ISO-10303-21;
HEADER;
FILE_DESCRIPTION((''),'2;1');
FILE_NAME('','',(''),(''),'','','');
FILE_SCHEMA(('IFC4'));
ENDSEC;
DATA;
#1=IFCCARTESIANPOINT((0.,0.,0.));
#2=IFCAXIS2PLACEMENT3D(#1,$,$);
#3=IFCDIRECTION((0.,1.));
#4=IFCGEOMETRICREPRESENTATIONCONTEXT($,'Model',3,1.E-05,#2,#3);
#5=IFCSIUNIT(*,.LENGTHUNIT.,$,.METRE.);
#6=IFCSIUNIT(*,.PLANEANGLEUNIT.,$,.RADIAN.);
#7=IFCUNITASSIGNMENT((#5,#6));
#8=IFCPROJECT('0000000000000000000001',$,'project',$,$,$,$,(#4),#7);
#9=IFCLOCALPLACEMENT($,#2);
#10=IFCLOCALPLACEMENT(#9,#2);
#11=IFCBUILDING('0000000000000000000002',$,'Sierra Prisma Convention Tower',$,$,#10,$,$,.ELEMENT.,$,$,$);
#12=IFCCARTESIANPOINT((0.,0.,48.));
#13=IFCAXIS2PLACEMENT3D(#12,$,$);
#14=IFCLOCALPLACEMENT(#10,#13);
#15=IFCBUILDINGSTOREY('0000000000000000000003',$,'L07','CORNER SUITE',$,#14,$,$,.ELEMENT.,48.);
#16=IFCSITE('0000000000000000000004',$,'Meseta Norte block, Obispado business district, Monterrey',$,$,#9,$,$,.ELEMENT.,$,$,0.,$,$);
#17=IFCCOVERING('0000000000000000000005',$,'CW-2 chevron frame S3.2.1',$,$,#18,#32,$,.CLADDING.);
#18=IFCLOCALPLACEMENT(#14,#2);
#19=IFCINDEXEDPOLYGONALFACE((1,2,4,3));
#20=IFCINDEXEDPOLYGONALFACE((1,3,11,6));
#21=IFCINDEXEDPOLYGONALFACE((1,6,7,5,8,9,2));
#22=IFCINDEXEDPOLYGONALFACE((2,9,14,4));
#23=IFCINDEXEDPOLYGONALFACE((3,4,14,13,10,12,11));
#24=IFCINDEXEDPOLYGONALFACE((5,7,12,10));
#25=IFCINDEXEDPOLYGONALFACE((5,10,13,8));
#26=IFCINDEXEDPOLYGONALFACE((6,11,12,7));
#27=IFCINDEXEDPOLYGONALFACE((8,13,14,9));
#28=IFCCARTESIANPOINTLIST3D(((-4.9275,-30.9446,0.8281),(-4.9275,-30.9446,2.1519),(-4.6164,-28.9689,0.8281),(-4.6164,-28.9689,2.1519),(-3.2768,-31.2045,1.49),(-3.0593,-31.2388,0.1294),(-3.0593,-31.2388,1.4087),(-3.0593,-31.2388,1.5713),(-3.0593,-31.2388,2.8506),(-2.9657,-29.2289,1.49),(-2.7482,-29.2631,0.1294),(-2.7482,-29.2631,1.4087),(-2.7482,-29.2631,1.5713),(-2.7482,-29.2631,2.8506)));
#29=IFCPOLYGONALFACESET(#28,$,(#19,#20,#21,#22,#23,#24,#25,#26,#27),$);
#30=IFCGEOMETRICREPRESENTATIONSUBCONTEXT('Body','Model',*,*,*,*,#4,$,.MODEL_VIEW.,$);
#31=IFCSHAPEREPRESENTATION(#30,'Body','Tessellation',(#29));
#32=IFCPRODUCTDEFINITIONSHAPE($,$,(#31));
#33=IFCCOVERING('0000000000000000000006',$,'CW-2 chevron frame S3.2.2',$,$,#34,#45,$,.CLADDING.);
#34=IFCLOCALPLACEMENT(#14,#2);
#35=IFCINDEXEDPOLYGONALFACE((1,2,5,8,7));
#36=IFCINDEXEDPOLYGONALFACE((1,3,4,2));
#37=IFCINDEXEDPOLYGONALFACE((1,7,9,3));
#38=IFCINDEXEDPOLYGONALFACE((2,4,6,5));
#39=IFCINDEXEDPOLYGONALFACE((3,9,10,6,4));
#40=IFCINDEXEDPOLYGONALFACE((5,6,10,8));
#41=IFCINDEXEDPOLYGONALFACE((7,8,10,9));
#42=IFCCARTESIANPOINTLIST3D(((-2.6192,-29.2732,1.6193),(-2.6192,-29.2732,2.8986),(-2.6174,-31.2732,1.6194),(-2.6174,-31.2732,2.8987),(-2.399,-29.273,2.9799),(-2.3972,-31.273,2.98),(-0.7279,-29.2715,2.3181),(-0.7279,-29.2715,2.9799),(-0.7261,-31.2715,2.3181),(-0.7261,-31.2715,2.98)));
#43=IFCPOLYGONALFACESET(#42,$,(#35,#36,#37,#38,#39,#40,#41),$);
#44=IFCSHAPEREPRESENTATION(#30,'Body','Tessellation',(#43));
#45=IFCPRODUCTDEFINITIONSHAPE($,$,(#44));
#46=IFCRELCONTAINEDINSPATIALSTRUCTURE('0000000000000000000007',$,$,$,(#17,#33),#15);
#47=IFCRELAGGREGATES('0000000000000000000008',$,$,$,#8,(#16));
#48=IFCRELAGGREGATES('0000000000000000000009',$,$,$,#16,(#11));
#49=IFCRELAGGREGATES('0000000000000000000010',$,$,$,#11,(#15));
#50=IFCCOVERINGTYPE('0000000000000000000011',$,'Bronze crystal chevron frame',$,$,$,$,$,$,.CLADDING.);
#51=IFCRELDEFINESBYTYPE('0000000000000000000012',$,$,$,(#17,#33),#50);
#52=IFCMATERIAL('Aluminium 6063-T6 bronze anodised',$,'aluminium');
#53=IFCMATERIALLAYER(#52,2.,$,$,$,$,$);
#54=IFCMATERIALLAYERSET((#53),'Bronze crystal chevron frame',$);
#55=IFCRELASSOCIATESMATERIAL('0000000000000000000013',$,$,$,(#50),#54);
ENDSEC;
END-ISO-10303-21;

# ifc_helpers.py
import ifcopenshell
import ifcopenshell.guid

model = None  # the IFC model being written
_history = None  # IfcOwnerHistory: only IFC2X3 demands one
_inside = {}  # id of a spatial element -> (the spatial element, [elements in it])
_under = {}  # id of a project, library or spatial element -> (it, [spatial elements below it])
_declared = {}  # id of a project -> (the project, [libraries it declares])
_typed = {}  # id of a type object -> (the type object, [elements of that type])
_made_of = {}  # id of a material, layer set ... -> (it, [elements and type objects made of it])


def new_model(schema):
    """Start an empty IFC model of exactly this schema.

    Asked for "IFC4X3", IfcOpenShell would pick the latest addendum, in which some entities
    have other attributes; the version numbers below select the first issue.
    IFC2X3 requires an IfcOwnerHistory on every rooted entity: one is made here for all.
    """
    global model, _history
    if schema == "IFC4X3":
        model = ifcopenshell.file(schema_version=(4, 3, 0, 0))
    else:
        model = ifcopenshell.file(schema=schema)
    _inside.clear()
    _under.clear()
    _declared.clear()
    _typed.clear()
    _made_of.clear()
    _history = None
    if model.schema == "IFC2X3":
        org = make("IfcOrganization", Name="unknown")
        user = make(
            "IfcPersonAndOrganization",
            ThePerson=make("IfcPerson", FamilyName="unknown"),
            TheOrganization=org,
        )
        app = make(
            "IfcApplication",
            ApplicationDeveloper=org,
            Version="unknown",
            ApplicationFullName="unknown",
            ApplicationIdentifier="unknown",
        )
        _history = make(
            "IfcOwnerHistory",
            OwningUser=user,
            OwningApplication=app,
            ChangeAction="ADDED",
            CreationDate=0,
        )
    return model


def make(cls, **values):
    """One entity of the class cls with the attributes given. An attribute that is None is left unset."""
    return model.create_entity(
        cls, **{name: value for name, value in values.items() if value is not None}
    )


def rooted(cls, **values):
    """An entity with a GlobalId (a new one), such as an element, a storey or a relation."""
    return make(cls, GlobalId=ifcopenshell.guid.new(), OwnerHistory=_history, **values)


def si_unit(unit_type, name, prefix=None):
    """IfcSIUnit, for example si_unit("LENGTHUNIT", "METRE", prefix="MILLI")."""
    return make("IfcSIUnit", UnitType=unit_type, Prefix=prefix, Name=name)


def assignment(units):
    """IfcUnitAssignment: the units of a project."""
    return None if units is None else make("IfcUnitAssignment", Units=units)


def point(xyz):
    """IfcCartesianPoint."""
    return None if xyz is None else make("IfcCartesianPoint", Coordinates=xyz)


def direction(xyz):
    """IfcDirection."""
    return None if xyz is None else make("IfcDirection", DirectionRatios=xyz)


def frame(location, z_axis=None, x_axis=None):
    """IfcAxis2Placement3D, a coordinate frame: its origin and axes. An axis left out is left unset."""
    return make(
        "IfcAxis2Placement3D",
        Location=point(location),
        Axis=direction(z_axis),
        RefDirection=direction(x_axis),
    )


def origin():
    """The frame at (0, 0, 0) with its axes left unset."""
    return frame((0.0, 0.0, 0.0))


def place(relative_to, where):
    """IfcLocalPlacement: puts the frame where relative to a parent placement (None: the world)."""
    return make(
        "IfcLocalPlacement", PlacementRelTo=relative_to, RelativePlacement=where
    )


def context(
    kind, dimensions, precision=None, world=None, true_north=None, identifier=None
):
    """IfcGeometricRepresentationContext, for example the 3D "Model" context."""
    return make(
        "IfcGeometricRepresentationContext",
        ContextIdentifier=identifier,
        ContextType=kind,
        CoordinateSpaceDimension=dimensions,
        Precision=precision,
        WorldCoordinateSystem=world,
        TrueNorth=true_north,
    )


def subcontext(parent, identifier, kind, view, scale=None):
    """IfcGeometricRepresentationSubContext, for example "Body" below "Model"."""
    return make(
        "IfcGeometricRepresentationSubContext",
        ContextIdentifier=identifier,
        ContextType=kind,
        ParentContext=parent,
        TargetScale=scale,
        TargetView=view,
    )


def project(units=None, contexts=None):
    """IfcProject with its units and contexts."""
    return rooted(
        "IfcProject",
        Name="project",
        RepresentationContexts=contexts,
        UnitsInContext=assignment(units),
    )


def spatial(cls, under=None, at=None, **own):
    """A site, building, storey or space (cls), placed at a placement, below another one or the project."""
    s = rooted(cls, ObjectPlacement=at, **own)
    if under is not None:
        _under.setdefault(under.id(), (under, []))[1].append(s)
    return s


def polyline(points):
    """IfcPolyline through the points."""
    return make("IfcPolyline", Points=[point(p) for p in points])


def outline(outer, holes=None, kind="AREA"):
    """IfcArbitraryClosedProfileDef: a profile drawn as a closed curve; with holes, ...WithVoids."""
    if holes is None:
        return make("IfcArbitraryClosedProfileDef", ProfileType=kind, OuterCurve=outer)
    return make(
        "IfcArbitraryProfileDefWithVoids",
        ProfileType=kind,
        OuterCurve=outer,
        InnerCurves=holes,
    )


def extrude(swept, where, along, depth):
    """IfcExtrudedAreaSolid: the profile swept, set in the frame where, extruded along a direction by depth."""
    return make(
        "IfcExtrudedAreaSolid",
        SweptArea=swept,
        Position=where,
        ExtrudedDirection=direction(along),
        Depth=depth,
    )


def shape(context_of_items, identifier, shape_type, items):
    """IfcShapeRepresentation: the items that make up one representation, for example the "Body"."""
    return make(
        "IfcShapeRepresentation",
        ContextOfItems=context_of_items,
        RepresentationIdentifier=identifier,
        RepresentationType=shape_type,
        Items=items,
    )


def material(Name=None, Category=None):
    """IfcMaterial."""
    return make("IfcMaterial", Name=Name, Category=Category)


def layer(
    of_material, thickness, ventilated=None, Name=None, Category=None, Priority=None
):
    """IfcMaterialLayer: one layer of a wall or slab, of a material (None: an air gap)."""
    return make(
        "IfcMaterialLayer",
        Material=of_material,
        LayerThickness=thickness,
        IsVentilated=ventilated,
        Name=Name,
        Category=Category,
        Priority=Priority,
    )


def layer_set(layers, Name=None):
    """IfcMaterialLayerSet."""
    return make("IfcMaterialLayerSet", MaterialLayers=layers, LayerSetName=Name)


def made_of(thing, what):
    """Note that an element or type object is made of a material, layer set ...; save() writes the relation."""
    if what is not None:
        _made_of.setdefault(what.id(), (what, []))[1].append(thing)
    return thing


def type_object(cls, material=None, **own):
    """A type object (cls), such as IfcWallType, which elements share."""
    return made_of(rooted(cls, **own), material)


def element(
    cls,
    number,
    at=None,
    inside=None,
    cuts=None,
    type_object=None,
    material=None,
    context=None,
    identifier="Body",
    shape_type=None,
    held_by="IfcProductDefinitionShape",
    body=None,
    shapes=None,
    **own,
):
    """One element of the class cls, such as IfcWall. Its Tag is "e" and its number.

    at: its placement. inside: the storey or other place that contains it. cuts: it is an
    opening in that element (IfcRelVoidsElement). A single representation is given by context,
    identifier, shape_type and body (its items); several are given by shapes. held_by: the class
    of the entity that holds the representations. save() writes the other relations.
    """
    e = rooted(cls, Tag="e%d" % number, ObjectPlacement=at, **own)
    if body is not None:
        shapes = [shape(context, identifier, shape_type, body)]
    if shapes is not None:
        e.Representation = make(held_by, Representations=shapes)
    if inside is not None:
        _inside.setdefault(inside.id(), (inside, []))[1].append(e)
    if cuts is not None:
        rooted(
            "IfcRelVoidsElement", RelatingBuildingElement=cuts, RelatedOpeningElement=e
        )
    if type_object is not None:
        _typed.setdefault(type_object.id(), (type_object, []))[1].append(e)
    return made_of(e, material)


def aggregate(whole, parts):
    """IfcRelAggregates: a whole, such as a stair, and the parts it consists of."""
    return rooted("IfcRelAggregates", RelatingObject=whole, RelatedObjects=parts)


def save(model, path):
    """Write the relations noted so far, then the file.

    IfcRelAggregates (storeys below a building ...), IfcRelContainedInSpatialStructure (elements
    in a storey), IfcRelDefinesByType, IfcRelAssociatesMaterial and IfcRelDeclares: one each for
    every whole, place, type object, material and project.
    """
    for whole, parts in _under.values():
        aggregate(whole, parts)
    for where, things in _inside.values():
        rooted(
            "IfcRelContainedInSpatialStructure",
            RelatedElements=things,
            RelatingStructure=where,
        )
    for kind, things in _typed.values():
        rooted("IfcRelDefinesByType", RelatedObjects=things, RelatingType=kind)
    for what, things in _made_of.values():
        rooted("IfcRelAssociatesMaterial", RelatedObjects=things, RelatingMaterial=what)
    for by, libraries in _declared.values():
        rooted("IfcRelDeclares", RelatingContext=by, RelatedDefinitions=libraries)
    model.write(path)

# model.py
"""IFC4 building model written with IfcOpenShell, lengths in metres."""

from ifc_helpers import new_model, si_unit, direction, frame, origin, place, context, subcontext, project, spatial, polyline, outline, extrude, material, layer, layer_set, type_object, element, save


model = new_model("IFC4")

# Units and contexts
model_context = context("Model", 3, precision=1e-05, world=origin(), true_north=direction((0.0, 1.0)))
body_context = subcontext(model_context, "Body", "Model", "MODEL_VIEW")
ifc_project = project(units=[si_unit("LENGTHUNIT", "METRE"), si_unit("PLANEANGLEUNIT", "RADIAN")], contexts=[model_context])

# Site, building, storey
site_placement = place(None, origin())
site = spatial("IfcSite", under=ifc_project, at=site_placement, Name="Meseta Norte block, Obispado business district, Monterrey", CompositionType="ELEMENT", RefElevation=0.0)
building_placement = place(site_placement, origin())
building = spatial("IfcBuilding", under=site, at=building_placement, Name="Sierra Prisma Convention Tower", CompositionType="ELEMENT")
storey_placement = place(building_placement, frame((0.0, 0.0, 48.0)))
storey = spatial("IfcBuildingStorey", under=building, at=storey_placement, Name="L07", Description="CORNER SUITE", CompositionType="ELEMENT", Elevation=48.0)

# Coverings
ifc_material_1 = material(Name="Aluminium 6063-T6 bronze anodised", Category="aluminium")
ifc_layer_1 = layer(ifc_material_1, 2.0)
ifc_layer_set_1 = layer_set([ifc_layer_1], Name="Bronze crystal chevron frame")
covering_type = type_object("IfcCoveringType", Name="Bronze crystal chevron frame", PredefinedType="CLADDING", material=ifc_layer_set_1)
covering_1_placement = place(storey_placement, frame((-4.9275, -30.9446, 0.8281), z_axis=(-0.15556, -0.987826, 0.0), x_axis=(0.926605, -0.145919, -0.346569)))
element("IfcCovering", 1, at=covering_1_placement, inside=storey, type_object=covering_type, Name="CW-2 chevron frame S3.2.1", PredefinedType="CLADDING", context=body_context, shape_type="SweptSolid", body=[
    extrude(outline(polyline([(0.0, 0.0), (2.0161, 0.0), (1.5728, 1.2), (1.338, 1.2), (1.5164, 1.3525), (1.0731, 2.5525), (-0.4588, 1.2417), (0.0, 0.0)])), origin(), (0.0, 0.0, -1.0), 2.0),
])
covering_2_placement = place(storey_placement, frame((-2.6174, -31.2732, 1.6194), z_axis=(0.000903, -1.0, 0.000022), x_axis=(0.938034, 0.000854, 0.346541)))
element("IfcCovering", 2, at=covering_2_placement, inside=storey, type_object=covering_type, Name="CW-2 chevron frame S3.2.2", PredefinedType="CLADDING", context=body_context, shape_type="SweptSolid", body=[
    extrude(outline(polyline([(0.0, 0.0), (2.0163, 0.0), (2.2457, 0.6209), (0.6781, 1.2), (0.4433, 1.2), (0.0, 0.0)])), origin(), (0.0, 0.0, -1.0), 2.0),
])

save(model, "model.ifc")
